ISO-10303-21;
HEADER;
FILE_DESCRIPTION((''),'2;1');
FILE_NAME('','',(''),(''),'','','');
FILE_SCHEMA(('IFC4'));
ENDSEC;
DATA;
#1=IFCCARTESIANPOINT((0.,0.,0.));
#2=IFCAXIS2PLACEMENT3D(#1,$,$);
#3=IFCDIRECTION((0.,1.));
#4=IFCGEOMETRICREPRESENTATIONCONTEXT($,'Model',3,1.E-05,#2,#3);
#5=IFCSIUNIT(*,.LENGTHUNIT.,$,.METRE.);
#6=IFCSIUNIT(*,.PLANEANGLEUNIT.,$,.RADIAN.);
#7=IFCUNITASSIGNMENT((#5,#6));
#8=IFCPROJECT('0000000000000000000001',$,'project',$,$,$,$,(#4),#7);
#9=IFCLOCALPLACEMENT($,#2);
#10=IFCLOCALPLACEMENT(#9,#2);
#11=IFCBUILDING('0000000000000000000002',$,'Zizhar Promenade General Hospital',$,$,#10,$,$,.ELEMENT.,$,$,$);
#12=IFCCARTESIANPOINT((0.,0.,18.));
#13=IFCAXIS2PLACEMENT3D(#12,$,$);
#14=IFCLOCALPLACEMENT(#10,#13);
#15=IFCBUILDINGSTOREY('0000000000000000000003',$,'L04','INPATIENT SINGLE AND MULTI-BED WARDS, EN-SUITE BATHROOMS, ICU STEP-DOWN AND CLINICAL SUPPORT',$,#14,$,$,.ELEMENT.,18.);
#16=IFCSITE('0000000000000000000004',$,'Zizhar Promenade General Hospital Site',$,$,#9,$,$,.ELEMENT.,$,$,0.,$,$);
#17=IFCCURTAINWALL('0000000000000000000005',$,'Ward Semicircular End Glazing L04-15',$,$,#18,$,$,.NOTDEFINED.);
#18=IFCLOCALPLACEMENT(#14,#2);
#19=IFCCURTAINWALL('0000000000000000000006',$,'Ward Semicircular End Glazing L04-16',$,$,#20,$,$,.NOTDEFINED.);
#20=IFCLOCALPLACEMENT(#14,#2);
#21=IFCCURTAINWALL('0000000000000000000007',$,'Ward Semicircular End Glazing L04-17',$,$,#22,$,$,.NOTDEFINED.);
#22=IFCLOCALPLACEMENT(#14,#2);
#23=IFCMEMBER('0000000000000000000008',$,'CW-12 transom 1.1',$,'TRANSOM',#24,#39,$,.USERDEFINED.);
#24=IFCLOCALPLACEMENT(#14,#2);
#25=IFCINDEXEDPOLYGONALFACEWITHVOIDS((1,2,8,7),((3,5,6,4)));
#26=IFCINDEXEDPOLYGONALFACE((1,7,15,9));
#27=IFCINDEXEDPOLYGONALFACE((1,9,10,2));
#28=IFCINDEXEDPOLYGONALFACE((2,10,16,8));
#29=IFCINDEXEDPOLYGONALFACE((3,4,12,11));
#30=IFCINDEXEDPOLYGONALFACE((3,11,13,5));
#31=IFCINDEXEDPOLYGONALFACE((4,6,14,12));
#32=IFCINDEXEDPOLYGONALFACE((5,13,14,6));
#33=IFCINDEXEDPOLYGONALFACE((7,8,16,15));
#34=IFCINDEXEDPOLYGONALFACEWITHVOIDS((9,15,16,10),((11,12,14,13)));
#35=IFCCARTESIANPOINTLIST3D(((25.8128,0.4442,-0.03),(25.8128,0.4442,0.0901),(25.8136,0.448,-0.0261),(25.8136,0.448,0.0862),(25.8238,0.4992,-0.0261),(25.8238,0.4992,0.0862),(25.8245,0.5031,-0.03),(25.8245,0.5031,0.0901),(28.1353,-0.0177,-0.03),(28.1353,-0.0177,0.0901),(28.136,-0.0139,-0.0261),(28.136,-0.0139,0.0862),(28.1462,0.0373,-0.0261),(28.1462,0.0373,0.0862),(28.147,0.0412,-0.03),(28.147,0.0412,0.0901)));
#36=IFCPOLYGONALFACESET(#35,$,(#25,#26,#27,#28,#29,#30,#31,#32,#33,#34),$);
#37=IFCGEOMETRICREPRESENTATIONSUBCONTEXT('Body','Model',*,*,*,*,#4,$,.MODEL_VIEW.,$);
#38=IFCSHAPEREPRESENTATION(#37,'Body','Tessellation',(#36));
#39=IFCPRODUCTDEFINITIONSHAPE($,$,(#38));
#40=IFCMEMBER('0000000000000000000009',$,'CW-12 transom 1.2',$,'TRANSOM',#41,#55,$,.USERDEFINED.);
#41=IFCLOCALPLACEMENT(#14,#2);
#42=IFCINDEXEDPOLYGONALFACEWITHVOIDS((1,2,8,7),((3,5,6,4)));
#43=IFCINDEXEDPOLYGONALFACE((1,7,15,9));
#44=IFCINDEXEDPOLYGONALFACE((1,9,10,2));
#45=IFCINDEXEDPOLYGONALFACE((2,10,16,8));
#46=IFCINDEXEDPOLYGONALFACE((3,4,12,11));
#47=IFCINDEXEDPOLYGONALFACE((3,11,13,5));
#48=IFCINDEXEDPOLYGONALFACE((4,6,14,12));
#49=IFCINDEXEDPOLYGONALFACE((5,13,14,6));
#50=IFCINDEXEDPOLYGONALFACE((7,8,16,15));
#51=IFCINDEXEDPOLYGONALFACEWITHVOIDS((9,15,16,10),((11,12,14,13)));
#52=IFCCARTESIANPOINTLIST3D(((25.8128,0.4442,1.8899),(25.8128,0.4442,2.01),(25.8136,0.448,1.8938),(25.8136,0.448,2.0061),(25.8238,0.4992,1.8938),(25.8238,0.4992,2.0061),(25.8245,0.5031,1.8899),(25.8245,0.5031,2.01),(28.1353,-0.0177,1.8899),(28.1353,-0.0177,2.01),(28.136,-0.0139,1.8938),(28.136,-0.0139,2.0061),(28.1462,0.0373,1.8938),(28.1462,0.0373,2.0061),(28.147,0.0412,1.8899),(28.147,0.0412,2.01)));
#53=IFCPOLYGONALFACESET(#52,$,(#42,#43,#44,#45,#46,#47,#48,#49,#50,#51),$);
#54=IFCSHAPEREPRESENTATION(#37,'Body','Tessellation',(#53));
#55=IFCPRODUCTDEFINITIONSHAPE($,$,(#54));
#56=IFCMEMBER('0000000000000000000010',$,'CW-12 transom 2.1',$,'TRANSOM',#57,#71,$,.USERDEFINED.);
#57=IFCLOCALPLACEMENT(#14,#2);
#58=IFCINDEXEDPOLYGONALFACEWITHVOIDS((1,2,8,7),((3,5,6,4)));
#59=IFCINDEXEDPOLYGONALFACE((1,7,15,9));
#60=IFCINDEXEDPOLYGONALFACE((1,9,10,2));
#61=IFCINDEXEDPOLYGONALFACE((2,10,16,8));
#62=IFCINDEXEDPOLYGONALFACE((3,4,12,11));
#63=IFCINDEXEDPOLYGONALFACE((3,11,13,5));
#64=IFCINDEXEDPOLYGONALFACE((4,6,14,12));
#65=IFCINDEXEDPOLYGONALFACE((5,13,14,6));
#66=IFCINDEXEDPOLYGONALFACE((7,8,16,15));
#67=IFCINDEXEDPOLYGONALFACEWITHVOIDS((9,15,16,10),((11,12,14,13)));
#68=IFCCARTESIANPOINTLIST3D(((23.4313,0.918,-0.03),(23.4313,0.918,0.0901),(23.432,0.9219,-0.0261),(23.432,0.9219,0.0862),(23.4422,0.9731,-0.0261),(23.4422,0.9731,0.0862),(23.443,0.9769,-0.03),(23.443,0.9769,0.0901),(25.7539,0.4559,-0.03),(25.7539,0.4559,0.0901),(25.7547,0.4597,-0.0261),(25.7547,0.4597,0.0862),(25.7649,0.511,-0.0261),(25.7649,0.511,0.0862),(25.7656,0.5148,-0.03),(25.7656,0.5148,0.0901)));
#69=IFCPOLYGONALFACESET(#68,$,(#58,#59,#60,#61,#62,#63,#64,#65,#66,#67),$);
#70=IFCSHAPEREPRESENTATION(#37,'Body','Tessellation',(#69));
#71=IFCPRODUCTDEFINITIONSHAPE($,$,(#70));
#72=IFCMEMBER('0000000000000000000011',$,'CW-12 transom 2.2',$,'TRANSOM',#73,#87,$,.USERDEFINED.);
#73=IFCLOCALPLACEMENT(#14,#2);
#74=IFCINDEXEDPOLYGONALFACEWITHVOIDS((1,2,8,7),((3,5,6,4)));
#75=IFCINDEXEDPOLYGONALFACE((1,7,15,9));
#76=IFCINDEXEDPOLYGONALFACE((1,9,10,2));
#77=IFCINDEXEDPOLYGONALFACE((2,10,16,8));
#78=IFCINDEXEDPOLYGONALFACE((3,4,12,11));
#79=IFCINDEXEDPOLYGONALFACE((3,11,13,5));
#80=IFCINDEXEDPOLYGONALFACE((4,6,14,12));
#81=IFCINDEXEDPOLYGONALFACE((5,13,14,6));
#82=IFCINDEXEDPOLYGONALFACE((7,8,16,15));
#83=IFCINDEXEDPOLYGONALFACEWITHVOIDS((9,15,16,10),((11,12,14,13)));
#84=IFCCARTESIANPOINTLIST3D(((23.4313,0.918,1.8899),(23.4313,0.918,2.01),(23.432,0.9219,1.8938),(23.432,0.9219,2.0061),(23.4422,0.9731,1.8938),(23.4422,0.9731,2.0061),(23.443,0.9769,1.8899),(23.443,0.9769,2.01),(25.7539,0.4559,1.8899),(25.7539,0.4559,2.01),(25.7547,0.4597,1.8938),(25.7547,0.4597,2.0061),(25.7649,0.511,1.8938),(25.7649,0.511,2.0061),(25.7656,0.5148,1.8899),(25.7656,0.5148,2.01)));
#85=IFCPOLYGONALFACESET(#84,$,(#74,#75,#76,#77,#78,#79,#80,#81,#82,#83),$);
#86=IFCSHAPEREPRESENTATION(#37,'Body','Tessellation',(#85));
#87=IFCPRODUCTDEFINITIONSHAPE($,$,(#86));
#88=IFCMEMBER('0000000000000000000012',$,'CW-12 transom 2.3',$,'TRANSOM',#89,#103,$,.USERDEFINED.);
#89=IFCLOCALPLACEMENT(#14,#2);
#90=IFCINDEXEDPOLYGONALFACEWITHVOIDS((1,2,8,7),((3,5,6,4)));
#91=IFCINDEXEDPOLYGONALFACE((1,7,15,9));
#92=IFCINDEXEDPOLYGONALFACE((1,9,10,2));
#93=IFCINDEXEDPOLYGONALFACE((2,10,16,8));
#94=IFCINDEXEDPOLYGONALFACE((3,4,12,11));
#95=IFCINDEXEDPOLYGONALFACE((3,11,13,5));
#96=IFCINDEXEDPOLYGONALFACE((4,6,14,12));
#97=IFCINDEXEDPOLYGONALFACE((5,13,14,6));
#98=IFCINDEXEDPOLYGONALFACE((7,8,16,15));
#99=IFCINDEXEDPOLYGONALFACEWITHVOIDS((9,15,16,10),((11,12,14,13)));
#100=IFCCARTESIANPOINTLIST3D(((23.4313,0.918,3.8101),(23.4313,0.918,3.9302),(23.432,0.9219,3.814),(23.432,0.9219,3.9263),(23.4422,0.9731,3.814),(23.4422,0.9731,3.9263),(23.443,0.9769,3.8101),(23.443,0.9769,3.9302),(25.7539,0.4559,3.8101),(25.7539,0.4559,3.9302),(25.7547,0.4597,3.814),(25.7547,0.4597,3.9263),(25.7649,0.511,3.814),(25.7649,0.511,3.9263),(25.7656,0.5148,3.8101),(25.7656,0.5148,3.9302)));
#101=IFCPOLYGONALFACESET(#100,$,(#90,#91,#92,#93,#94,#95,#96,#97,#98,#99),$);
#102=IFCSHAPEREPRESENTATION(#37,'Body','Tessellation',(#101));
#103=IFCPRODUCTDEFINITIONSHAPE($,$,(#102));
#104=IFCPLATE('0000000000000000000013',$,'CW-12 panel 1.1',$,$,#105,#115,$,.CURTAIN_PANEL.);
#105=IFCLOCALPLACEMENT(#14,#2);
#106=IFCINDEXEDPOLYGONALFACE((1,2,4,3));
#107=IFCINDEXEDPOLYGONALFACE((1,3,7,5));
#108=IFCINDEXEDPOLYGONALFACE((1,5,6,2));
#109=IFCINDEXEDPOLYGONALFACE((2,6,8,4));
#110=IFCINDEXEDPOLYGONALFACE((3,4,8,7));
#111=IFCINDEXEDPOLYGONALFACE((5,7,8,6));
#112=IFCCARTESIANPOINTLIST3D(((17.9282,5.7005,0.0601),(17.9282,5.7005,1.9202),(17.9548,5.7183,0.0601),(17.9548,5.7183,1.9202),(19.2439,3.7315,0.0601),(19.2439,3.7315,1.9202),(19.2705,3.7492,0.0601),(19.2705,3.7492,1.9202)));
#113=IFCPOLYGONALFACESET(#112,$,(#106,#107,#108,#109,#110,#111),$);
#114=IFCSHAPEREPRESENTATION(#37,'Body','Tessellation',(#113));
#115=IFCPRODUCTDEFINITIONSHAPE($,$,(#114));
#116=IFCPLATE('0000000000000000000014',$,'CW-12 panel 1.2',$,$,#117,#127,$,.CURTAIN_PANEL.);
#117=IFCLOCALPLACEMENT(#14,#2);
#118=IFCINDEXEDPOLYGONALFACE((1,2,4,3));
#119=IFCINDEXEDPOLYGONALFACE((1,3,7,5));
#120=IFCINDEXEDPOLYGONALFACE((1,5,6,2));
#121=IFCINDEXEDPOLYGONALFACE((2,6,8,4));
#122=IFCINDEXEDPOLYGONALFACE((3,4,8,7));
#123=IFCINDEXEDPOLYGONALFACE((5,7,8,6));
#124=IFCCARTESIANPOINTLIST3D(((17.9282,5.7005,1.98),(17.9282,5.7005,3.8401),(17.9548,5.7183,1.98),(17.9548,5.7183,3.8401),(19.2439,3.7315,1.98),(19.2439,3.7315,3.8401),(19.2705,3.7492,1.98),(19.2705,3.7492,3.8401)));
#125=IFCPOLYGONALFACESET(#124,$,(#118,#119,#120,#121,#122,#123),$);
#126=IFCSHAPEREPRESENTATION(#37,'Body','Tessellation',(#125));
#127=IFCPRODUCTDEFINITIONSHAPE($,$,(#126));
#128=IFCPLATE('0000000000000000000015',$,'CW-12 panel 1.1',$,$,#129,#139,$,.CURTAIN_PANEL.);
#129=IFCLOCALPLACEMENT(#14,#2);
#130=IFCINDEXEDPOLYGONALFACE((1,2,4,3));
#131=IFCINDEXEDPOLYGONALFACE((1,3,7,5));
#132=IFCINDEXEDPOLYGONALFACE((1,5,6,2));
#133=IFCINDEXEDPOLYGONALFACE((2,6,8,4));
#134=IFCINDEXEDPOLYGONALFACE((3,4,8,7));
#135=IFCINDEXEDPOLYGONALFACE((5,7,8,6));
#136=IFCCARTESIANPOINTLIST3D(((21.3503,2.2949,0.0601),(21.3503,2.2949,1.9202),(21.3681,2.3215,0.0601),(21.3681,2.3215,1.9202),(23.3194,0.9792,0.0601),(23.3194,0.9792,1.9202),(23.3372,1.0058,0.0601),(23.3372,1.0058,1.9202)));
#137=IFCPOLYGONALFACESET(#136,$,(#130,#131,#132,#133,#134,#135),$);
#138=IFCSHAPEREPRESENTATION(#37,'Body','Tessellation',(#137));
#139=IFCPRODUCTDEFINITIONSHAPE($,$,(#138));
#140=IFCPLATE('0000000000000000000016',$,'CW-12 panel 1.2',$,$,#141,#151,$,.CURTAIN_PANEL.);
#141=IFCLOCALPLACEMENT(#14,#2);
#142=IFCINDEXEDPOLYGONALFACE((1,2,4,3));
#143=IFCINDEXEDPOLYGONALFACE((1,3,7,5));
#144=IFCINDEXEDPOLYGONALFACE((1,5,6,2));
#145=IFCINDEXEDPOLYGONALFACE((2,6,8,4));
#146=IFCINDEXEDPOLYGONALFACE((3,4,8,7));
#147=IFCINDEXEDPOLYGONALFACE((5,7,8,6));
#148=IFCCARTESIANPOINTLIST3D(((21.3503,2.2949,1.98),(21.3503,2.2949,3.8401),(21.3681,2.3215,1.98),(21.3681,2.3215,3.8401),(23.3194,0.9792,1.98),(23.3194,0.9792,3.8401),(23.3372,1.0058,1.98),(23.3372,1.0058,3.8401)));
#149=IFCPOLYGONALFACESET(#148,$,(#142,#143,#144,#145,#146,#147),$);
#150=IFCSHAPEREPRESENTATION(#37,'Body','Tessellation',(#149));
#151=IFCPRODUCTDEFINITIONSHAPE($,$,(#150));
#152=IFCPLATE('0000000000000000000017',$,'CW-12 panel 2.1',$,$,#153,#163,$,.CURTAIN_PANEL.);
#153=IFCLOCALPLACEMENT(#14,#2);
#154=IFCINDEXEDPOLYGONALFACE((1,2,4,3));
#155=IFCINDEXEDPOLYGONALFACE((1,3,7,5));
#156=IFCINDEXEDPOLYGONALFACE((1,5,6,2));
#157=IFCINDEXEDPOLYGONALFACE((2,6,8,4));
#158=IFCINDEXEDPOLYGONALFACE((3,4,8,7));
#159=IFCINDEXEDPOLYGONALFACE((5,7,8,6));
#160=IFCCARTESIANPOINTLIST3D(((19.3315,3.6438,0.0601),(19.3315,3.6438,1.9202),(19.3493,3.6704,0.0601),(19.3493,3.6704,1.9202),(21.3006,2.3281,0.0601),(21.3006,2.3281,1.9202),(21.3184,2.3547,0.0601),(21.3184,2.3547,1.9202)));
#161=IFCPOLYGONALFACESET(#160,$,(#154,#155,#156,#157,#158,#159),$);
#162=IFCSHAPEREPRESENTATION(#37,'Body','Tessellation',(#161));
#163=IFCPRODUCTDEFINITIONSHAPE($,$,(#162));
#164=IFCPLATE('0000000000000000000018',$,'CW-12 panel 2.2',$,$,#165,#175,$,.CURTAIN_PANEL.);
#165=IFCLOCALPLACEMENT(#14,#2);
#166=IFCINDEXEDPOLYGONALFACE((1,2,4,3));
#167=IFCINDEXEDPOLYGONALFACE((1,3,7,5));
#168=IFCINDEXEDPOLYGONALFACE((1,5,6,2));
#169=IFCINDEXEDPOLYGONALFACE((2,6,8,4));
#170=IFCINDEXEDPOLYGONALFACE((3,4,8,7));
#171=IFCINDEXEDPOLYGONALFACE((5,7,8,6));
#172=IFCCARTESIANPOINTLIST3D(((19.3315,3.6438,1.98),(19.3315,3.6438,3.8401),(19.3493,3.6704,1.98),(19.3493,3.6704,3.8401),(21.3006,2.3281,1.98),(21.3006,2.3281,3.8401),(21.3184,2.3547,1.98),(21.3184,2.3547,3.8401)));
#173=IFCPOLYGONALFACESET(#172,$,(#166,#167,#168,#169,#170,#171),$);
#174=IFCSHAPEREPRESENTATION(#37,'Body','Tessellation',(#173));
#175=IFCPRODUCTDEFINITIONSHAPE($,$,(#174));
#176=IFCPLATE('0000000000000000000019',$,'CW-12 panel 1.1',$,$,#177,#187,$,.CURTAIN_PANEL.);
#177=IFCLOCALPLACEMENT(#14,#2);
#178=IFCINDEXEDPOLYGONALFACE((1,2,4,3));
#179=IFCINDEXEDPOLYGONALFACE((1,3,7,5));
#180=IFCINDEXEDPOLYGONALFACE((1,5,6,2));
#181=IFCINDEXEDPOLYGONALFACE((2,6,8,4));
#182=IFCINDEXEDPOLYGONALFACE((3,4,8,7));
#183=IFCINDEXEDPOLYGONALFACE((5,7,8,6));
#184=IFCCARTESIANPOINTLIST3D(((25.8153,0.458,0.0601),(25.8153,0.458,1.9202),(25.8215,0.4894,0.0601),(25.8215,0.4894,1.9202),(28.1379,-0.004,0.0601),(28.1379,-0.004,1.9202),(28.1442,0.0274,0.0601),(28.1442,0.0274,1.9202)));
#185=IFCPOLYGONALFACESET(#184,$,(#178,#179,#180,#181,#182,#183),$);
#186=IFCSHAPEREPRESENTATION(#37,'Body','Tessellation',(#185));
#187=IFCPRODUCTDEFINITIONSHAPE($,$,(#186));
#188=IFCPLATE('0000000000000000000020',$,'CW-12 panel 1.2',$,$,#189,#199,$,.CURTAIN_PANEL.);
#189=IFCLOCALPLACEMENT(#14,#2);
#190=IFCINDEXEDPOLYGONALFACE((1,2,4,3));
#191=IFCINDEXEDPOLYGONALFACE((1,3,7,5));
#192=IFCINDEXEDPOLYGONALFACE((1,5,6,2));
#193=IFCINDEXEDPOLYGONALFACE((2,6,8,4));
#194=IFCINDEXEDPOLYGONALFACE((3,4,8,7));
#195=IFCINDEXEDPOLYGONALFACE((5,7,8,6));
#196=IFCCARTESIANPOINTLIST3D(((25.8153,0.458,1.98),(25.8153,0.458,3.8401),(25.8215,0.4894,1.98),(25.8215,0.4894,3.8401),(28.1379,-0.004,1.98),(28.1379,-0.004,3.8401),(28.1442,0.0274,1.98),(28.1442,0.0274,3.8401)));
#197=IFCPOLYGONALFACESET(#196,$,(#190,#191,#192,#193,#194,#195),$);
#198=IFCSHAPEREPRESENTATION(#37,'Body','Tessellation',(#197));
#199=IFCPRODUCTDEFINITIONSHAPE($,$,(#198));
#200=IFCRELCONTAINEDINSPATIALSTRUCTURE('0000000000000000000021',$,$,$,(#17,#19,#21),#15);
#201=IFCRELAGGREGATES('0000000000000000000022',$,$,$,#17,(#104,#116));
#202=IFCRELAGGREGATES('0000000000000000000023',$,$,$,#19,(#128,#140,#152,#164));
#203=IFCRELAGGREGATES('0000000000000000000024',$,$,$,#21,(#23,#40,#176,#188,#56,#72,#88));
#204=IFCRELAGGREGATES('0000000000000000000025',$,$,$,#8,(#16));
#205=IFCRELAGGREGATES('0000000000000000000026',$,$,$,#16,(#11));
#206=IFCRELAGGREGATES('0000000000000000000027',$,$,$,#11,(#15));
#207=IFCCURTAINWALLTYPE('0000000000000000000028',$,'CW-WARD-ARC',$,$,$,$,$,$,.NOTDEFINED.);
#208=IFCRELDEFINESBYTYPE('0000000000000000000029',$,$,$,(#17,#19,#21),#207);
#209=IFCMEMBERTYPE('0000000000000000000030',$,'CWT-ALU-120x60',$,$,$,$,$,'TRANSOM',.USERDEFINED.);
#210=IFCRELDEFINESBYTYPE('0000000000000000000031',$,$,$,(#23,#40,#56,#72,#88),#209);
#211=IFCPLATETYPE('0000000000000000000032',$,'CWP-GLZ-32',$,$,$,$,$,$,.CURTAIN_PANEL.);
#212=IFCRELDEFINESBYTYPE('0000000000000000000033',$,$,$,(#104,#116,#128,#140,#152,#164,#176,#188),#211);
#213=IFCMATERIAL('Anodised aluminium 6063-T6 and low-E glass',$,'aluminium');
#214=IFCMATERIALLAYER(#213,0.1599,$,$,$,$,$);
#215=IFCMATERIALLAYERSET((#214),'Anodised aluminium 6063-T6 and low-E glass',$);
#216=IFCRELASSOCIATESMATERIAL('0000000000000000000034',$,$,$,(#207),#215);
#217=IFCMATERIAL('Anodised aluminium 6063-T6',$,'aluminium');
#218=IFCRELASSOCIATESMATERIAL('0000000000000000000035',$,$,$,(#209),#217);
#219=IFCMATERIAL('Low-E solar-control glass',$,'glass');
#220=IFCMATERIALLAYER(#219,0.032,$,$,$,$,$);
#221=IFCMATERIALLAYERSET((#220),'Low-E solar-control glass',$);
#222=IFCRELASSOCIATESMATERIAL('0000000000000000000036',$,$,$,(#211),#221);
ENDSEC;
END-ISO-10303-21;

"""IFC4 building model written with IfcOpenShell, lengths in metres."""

from ifc_helpers import new_model, si_unit, direction, frame, origin, origin_2d, place, context, subcontext, project, spatial, rectangle, hollow_rectangle, extrude, material, layer, layer_set, material_profile, profile_set, type_object, element, aggregate, save


model = new_model("IFC4")

# Units and contexts
model_context = context("Model", 3, precision=1e-05, world=origin(), true_north=direction((0.0, 1.0)))
body_context = subcontext(model_context, "Body", "Model", "MODEL_VIEW")
ifc_project = project(units=[si_unit("LENGTHUNIT", "METRE"), si_unit("PLANEANGLEUNIT", "RADIAN")], contexts=[model_context])

# Site, building, storey
site_placement = place(None, origin())
site = spatial("IfcSite", under=ifc_project, at=site_placement, Name="Zizhar Promenade General Hospital Site", CompositionType="ELEMENT", RefElevation=0.0)
building_placement = place(site_placement, origin())
building = spatial("IfcBuilding", under=site, at=building_placement, Name="Zizhar Promenade General Hospital", CompositionType="ELEMENT")
storey_placement = place(building_placement, frame((0.0, 0.0, 18.0)))
storey = spatial("IfcBuildingStorey", under=building, at=storey_placement, Name="L04", Description="INPATIENT SINGLE AND MULTI-BED WARDS, EN-SUITE BATHROOMS, ICU STEP-DOWN AND CLINICAL SUPPORT", CompositionType="ELEMENT", Elevation=18.0)

# Curtain walls
ifc_material_1 = material(Name="Anodised aluminium 6063-T6 and low-E glass", Category="aluminium")
ifc_layer_1 = layer(ifc_material_1, 0.1599)
ifc_layer_set_1 = layer_set([ifc_layer_1], Name="Anodised aluminium 6063-T6 and low-E glass")
curtain_wall_type = type_object("IfcCurtainWallType", Name="CW-WARD-ARC", PredefinedType="NOTDEFINED", material=ifc_layer_set_1)
curtain_wall_1_placement = place(storey_placement, origin())
curtain_wall_1 = element("IfcCurtainWall", 1, at=curtain_wall_1_placement, inside=storey, type_object=curtain_wall_type, Name="Ward Semicircular End Glazing L04-15", PredefinedType="NOTDEFINED")
curtain_wall_2_placement = place(storey_placement, origin())
curtain_wall_2 = element("IfcCurtainWall", 2, at=curtain_wall_2_placement, inside=storey, type_object=curtain_wall_type, Name="Ward Semicircular End Glazing L04-16", PredefinedType="NOTDEFINED")
curtain_wall_3_placement = place(storey_placement, origin())
curtain_wall_3 = element("IfcCurtainWall", 3, at=curtain_wall_3_placement, inside=storey, type_object=curtain_wall_type, Name="Ward Semicircular End Glazing L04-17", PredefinedType="NOTDEFINED")

# Members
ifc_material_2 = material(Name="Anodised aluminium 6063-T6", Category="aluminium")
ifc_material_profile_1 = material_profile(ifc_material_2, hollow_rectangle(XDim=0.0601, YDim=0.1201, WallThickness=0.0039, at=origin_2d()))
ifc_profile_set_1 = profile_set([ifc_material_profile_1], Name="Anodised aluminium 6063-T6")
member_type_1 = type_object("IfcMemberType", Name="CWT-ALU-120x60", ElementType="TRANSOM", PredefinedType="USERDEFINED", material=ifc_profile_set_1)
member_1_placement = place(storey_placement, frame((28.1411, 0.0117, 0.03), z_axis=(-0.98079, 0.195065, 0.0), x_axis=(-0.195065, -0.98079, 0.0)))
member_1 = element("IfcMember", 4, at=member_1_placement, type_object=member_type_1, Name="CW-12 transom 1.1", ObjectType="TRANSOM", PredefinedType="USERDEFINED", context=body_context, shape_type="SweptSolid", body=[
    extrude(hollow_rectangle(XDim=0.0601, YDim=0.1201, WallThickness=0.0039, at=origin_2d()), origin(), (0.0, 0.0, 1.0), 2.3679),
])
member_2_placement = place(storey_placement, frame((28.1411, 0.0117, 1.95), z_axis=(-0.98079, 0.195065, 0.0), x_axis=(-0.195065, -0.98079, 0.0)))
member_2 = element("IfcMember", 5, at=member_2_placement, type_object=member_type_1, Name="CW-12 transom 1.2", ObjectType="TRANSOM", PredefinedType="USERDEFINED", context=body_context, shape_type="SweptSolid", body=[
    extrude(hollow_rectangle(XDim=0.0601, YDim=0.1201, WallThickness=0.0039, at=origin_2d()), origin(), (0.0, 0.0, 1.0), 2.3679),
])
member_3_placement = place(storey_placement, frame((25.7598, 0.4854, 0.03), z_axis=(-0.980774, 0.195145, 0.0), x_axis=(-0.195145, -0.980774, 0.0)))
member_3 = element("IfcMember", 6, at=member_3_placement, type_object=member_type_1, Name="CW-12 transom 2.1", ObjectType="TRANSOM", PredefinedType="USERDEFINED", context=body_context, shape_type="SweptSolid", body=[
    extrude(hollow_rectangle(XDim=0.0601, YDim=0.1201, WallThickness=0.0039, at=origin_2d()), origin(), (0.0, 0.0, 1.0), 2.3682),
])
member_4_placement = place(storey_placement, frame((25.7598, 0.4854, 1.95), z_axis=(-0.980774, 0.195145, 0.0), x_axis=(-0.195145, -0.980774, 0.0)))
member_4 = element("IfcMember", 7, at=member_4_placement, type_object=member_type_1, Name="CW-12 transom 2.2", ObjectType="TRANSOM", PredefinedType="USERDEFINED", context=body_context, shape_type="SweptSolid", body=[
    extrude(hollow_rectangle(XDim=0.0601, YDim=0.1201, WallThickness=0.0039, at=origin_2d()), origin(), (0.0, 0.0, 1.0), 2.3682),
])
member_5_placement = place(storey_placement, frame((25.7598, 0.4854, 3.8701), z_axis=(-0.980774, 0.195145, 0.0), x_axis=(-0.195145, -0.980774, 0.0)))
member_5 = element("IfcMember", 8, at=member_5_placement, type_object=member_type_1, Name="CW-12 transom 2.3", ObjectType="TRANSOM", PredefinedType="USERDEFINED", context=body_context, shape_type="SweptSolid", body=[
    extrude(hollow_rectangle(XDim=0.0601, YDim=0.1201, WallThickness=0.0039, at=origin_2d()), origin(), (0.0, 0.0, 1.0), 2.3682),
])

# Plates
ifc_material_3 = material(Name="Low-E solar-control glass", Category="glass")
ifc_layer_2 = layer(ifc_material_3, 0.032)
ifc_layer_set_2 = layer_set([ifc_layer_2], Name="Low-E solar-control glass")
plate_type = type_object("IfcPlateType", Name="CWP-GLZ-32", PredefinedType="CURTAIN_PANEL", material=ifc_layer_set_2)
plate_1_placement = place(storey_placement, frame((18.5994, 4.7249, 0.0601), z_axis=(0.0, 0.0, 1.0), x_axis=(-0.555582, 0.831462, 0.0)))
plate_1 = element("IfcPlate", 9, at=plate_1_placement, type_object=plate_type, Name="CW-12 panel 1.1", PredefinedType="CURTAIN_PANEL", context=body_context, shape_type="SweptSolid", body=[
    extrude(rectangle(XDim=2.3682, YDim=0.032, at=origin_2d()), origin(), (0.0, 0.0, 1.0), 1.8601),
])
plate_2_placement = place(storey_placement, frame((18.5994, 4.7249, 1.98), z_axis=(0.0, 0.0, 1.0), x_axis=(-0.555582, 0.831462, 0.0)))
plate_2 = element("IfcPlate", 10, at=plate_2_placement, type_object=plate_type, Name="CW-12 panel 1.2", PredefinedType="CURTAIN_PANEL", context=body_context, shape_type="SweptSolid", body=[
    extrude(rectangle(XDim=2.3682, YDim=0.032, at=origin_2d()), origin(), (0.0, 0.0, 1.0), 1.8601),
])
aggregate(curtain_wall_1, [plate_1, plate_2])
plate_3_placement = place(storey_placement, frame((22.3438, 1.6504, 0.0601), z_axis=(0.0, 0.0, 1.0), x_axis=(-0.831462, 0.555582, 0.0)))
plate_3 = element("IfcPlate", 11, at=plate_3_placement, type_object=plate_type, Name="CW-12 panel 1.1", PredefinedType="CURTAIN_PANEL", context=body_context, shape_type="SweptSolid", body=[
    extrude(rectangle(XDim=2.3682, YDim=0.032, at=origin_2d()), origin(), (0.0, 0.0, 1.0), 1.8601),
])
plate_4_placement = place(storey_placement, frame((22.3438, 1.6504, 1.98), z_axis=(0.0, 0.0, 1.0), x_axis=(-0.831462, 0.555582, 0.0)))
plate_4 = element("IfcPlate", 12, at=plate_4_placement, type_object=plate_type, Name="CW-12 panel 1.2", PredefinedType="CURTAIN_PANEL", context=body_context, shape_type="SweptSolid", body=[
    extrude(rectangle(XDim=2.3682, YDim=0.032, at=origin_2d()), origin(), (0.0, 0.0, 1.0), 1.8601),
])
plate_5_placement = place(storey_placement, frame((20.325, 2.9993, 0.0601), z_axis=(0.0, 0.0, 1.0), x_axis=(-0.831462, 0.555582, 0.0)))
plate_5 = element("IfcPlate", 13, at=plate_5_placement, type_object=plate_type, Name="CW-12 panel 2.1", PredefinedType="CURTAIN_PANEL", context=body_context, shape_type="SweptSolid", body=[
    extrude(rectangle(XDim=2.3682, YDim=0.032, at=origin_2d()), origin(), (0.0, 0.0, 1.0), 1.8601),
])
plate_6_placement = place(storey_placement, frame((20.325, 2.9993, 1.98), z_axis=(0.0, 0.0, 1.0), x_axis=(-0.831462, 0.555582, 0.0)))
plate_6 = element("IfcPlate", 14, at=plate_6_placement, type_object=plate_type, Name="CW-12 panel 2.2", PredefinedType="CURTAIN_PANEL", context=body_context, shape_type="SweptSolid", body=[
    extrude(rectangle(XDim=2.3682, YDim=0.032, at=origin_2d()), origin(), (0.0, 0.0, 1.0), 1.8601),
])
aggregate(curtain_wall_2, [plate_3, plate_4, plate_5, plate_6])
plate_7_placement = place(storey_placement, frame((26.9797, 0.2427, 0.0601), z_axis=(0.0, 0.0, 1.0), x_axis=(-0.980786, 0.195087, 0.0)))
plate_7 = element("IfcPlate", 15, at=plate_7_placement, type_object=plate_type, Name="CW-12 panel 1.1", PredefinedType="CURTAIN_PANEL", context=body_context, shape_type="SweptSolid", body=[
    extrude(rectangle(XDim=2.3682, YDim=0.032, at=origin_2d()), origin(), (0.0, 0.0, 1.0), 1.8601),
])
plate_8_placement = place(storey_placement, frame((26.9797, 0.2427, 1.98), z_axis=(0.0, 0.0, 1.0), x_axis=(-0.980786, 0.195087, 0.0)))
plate_8 = element("IfcPlate", 16, at=plate_8_placement, type_object=plate_type, Name="CW-12 panel 1.2", PredefinedType="CURTAIN_PANEL", context=body_context, shape_type="SweptSolid", body=[
    extrude(rectangle(XDim=2.3682, YDim=0.032, at=origin_2d()), origin(), (0.0, 0.0, 1.0), 1.8601),
])
aggregate(curtain_wall_3, [member_1, member_2, plate_7, plate_8, member_3, member_4, member_5])

save(model, "model.ifc")
